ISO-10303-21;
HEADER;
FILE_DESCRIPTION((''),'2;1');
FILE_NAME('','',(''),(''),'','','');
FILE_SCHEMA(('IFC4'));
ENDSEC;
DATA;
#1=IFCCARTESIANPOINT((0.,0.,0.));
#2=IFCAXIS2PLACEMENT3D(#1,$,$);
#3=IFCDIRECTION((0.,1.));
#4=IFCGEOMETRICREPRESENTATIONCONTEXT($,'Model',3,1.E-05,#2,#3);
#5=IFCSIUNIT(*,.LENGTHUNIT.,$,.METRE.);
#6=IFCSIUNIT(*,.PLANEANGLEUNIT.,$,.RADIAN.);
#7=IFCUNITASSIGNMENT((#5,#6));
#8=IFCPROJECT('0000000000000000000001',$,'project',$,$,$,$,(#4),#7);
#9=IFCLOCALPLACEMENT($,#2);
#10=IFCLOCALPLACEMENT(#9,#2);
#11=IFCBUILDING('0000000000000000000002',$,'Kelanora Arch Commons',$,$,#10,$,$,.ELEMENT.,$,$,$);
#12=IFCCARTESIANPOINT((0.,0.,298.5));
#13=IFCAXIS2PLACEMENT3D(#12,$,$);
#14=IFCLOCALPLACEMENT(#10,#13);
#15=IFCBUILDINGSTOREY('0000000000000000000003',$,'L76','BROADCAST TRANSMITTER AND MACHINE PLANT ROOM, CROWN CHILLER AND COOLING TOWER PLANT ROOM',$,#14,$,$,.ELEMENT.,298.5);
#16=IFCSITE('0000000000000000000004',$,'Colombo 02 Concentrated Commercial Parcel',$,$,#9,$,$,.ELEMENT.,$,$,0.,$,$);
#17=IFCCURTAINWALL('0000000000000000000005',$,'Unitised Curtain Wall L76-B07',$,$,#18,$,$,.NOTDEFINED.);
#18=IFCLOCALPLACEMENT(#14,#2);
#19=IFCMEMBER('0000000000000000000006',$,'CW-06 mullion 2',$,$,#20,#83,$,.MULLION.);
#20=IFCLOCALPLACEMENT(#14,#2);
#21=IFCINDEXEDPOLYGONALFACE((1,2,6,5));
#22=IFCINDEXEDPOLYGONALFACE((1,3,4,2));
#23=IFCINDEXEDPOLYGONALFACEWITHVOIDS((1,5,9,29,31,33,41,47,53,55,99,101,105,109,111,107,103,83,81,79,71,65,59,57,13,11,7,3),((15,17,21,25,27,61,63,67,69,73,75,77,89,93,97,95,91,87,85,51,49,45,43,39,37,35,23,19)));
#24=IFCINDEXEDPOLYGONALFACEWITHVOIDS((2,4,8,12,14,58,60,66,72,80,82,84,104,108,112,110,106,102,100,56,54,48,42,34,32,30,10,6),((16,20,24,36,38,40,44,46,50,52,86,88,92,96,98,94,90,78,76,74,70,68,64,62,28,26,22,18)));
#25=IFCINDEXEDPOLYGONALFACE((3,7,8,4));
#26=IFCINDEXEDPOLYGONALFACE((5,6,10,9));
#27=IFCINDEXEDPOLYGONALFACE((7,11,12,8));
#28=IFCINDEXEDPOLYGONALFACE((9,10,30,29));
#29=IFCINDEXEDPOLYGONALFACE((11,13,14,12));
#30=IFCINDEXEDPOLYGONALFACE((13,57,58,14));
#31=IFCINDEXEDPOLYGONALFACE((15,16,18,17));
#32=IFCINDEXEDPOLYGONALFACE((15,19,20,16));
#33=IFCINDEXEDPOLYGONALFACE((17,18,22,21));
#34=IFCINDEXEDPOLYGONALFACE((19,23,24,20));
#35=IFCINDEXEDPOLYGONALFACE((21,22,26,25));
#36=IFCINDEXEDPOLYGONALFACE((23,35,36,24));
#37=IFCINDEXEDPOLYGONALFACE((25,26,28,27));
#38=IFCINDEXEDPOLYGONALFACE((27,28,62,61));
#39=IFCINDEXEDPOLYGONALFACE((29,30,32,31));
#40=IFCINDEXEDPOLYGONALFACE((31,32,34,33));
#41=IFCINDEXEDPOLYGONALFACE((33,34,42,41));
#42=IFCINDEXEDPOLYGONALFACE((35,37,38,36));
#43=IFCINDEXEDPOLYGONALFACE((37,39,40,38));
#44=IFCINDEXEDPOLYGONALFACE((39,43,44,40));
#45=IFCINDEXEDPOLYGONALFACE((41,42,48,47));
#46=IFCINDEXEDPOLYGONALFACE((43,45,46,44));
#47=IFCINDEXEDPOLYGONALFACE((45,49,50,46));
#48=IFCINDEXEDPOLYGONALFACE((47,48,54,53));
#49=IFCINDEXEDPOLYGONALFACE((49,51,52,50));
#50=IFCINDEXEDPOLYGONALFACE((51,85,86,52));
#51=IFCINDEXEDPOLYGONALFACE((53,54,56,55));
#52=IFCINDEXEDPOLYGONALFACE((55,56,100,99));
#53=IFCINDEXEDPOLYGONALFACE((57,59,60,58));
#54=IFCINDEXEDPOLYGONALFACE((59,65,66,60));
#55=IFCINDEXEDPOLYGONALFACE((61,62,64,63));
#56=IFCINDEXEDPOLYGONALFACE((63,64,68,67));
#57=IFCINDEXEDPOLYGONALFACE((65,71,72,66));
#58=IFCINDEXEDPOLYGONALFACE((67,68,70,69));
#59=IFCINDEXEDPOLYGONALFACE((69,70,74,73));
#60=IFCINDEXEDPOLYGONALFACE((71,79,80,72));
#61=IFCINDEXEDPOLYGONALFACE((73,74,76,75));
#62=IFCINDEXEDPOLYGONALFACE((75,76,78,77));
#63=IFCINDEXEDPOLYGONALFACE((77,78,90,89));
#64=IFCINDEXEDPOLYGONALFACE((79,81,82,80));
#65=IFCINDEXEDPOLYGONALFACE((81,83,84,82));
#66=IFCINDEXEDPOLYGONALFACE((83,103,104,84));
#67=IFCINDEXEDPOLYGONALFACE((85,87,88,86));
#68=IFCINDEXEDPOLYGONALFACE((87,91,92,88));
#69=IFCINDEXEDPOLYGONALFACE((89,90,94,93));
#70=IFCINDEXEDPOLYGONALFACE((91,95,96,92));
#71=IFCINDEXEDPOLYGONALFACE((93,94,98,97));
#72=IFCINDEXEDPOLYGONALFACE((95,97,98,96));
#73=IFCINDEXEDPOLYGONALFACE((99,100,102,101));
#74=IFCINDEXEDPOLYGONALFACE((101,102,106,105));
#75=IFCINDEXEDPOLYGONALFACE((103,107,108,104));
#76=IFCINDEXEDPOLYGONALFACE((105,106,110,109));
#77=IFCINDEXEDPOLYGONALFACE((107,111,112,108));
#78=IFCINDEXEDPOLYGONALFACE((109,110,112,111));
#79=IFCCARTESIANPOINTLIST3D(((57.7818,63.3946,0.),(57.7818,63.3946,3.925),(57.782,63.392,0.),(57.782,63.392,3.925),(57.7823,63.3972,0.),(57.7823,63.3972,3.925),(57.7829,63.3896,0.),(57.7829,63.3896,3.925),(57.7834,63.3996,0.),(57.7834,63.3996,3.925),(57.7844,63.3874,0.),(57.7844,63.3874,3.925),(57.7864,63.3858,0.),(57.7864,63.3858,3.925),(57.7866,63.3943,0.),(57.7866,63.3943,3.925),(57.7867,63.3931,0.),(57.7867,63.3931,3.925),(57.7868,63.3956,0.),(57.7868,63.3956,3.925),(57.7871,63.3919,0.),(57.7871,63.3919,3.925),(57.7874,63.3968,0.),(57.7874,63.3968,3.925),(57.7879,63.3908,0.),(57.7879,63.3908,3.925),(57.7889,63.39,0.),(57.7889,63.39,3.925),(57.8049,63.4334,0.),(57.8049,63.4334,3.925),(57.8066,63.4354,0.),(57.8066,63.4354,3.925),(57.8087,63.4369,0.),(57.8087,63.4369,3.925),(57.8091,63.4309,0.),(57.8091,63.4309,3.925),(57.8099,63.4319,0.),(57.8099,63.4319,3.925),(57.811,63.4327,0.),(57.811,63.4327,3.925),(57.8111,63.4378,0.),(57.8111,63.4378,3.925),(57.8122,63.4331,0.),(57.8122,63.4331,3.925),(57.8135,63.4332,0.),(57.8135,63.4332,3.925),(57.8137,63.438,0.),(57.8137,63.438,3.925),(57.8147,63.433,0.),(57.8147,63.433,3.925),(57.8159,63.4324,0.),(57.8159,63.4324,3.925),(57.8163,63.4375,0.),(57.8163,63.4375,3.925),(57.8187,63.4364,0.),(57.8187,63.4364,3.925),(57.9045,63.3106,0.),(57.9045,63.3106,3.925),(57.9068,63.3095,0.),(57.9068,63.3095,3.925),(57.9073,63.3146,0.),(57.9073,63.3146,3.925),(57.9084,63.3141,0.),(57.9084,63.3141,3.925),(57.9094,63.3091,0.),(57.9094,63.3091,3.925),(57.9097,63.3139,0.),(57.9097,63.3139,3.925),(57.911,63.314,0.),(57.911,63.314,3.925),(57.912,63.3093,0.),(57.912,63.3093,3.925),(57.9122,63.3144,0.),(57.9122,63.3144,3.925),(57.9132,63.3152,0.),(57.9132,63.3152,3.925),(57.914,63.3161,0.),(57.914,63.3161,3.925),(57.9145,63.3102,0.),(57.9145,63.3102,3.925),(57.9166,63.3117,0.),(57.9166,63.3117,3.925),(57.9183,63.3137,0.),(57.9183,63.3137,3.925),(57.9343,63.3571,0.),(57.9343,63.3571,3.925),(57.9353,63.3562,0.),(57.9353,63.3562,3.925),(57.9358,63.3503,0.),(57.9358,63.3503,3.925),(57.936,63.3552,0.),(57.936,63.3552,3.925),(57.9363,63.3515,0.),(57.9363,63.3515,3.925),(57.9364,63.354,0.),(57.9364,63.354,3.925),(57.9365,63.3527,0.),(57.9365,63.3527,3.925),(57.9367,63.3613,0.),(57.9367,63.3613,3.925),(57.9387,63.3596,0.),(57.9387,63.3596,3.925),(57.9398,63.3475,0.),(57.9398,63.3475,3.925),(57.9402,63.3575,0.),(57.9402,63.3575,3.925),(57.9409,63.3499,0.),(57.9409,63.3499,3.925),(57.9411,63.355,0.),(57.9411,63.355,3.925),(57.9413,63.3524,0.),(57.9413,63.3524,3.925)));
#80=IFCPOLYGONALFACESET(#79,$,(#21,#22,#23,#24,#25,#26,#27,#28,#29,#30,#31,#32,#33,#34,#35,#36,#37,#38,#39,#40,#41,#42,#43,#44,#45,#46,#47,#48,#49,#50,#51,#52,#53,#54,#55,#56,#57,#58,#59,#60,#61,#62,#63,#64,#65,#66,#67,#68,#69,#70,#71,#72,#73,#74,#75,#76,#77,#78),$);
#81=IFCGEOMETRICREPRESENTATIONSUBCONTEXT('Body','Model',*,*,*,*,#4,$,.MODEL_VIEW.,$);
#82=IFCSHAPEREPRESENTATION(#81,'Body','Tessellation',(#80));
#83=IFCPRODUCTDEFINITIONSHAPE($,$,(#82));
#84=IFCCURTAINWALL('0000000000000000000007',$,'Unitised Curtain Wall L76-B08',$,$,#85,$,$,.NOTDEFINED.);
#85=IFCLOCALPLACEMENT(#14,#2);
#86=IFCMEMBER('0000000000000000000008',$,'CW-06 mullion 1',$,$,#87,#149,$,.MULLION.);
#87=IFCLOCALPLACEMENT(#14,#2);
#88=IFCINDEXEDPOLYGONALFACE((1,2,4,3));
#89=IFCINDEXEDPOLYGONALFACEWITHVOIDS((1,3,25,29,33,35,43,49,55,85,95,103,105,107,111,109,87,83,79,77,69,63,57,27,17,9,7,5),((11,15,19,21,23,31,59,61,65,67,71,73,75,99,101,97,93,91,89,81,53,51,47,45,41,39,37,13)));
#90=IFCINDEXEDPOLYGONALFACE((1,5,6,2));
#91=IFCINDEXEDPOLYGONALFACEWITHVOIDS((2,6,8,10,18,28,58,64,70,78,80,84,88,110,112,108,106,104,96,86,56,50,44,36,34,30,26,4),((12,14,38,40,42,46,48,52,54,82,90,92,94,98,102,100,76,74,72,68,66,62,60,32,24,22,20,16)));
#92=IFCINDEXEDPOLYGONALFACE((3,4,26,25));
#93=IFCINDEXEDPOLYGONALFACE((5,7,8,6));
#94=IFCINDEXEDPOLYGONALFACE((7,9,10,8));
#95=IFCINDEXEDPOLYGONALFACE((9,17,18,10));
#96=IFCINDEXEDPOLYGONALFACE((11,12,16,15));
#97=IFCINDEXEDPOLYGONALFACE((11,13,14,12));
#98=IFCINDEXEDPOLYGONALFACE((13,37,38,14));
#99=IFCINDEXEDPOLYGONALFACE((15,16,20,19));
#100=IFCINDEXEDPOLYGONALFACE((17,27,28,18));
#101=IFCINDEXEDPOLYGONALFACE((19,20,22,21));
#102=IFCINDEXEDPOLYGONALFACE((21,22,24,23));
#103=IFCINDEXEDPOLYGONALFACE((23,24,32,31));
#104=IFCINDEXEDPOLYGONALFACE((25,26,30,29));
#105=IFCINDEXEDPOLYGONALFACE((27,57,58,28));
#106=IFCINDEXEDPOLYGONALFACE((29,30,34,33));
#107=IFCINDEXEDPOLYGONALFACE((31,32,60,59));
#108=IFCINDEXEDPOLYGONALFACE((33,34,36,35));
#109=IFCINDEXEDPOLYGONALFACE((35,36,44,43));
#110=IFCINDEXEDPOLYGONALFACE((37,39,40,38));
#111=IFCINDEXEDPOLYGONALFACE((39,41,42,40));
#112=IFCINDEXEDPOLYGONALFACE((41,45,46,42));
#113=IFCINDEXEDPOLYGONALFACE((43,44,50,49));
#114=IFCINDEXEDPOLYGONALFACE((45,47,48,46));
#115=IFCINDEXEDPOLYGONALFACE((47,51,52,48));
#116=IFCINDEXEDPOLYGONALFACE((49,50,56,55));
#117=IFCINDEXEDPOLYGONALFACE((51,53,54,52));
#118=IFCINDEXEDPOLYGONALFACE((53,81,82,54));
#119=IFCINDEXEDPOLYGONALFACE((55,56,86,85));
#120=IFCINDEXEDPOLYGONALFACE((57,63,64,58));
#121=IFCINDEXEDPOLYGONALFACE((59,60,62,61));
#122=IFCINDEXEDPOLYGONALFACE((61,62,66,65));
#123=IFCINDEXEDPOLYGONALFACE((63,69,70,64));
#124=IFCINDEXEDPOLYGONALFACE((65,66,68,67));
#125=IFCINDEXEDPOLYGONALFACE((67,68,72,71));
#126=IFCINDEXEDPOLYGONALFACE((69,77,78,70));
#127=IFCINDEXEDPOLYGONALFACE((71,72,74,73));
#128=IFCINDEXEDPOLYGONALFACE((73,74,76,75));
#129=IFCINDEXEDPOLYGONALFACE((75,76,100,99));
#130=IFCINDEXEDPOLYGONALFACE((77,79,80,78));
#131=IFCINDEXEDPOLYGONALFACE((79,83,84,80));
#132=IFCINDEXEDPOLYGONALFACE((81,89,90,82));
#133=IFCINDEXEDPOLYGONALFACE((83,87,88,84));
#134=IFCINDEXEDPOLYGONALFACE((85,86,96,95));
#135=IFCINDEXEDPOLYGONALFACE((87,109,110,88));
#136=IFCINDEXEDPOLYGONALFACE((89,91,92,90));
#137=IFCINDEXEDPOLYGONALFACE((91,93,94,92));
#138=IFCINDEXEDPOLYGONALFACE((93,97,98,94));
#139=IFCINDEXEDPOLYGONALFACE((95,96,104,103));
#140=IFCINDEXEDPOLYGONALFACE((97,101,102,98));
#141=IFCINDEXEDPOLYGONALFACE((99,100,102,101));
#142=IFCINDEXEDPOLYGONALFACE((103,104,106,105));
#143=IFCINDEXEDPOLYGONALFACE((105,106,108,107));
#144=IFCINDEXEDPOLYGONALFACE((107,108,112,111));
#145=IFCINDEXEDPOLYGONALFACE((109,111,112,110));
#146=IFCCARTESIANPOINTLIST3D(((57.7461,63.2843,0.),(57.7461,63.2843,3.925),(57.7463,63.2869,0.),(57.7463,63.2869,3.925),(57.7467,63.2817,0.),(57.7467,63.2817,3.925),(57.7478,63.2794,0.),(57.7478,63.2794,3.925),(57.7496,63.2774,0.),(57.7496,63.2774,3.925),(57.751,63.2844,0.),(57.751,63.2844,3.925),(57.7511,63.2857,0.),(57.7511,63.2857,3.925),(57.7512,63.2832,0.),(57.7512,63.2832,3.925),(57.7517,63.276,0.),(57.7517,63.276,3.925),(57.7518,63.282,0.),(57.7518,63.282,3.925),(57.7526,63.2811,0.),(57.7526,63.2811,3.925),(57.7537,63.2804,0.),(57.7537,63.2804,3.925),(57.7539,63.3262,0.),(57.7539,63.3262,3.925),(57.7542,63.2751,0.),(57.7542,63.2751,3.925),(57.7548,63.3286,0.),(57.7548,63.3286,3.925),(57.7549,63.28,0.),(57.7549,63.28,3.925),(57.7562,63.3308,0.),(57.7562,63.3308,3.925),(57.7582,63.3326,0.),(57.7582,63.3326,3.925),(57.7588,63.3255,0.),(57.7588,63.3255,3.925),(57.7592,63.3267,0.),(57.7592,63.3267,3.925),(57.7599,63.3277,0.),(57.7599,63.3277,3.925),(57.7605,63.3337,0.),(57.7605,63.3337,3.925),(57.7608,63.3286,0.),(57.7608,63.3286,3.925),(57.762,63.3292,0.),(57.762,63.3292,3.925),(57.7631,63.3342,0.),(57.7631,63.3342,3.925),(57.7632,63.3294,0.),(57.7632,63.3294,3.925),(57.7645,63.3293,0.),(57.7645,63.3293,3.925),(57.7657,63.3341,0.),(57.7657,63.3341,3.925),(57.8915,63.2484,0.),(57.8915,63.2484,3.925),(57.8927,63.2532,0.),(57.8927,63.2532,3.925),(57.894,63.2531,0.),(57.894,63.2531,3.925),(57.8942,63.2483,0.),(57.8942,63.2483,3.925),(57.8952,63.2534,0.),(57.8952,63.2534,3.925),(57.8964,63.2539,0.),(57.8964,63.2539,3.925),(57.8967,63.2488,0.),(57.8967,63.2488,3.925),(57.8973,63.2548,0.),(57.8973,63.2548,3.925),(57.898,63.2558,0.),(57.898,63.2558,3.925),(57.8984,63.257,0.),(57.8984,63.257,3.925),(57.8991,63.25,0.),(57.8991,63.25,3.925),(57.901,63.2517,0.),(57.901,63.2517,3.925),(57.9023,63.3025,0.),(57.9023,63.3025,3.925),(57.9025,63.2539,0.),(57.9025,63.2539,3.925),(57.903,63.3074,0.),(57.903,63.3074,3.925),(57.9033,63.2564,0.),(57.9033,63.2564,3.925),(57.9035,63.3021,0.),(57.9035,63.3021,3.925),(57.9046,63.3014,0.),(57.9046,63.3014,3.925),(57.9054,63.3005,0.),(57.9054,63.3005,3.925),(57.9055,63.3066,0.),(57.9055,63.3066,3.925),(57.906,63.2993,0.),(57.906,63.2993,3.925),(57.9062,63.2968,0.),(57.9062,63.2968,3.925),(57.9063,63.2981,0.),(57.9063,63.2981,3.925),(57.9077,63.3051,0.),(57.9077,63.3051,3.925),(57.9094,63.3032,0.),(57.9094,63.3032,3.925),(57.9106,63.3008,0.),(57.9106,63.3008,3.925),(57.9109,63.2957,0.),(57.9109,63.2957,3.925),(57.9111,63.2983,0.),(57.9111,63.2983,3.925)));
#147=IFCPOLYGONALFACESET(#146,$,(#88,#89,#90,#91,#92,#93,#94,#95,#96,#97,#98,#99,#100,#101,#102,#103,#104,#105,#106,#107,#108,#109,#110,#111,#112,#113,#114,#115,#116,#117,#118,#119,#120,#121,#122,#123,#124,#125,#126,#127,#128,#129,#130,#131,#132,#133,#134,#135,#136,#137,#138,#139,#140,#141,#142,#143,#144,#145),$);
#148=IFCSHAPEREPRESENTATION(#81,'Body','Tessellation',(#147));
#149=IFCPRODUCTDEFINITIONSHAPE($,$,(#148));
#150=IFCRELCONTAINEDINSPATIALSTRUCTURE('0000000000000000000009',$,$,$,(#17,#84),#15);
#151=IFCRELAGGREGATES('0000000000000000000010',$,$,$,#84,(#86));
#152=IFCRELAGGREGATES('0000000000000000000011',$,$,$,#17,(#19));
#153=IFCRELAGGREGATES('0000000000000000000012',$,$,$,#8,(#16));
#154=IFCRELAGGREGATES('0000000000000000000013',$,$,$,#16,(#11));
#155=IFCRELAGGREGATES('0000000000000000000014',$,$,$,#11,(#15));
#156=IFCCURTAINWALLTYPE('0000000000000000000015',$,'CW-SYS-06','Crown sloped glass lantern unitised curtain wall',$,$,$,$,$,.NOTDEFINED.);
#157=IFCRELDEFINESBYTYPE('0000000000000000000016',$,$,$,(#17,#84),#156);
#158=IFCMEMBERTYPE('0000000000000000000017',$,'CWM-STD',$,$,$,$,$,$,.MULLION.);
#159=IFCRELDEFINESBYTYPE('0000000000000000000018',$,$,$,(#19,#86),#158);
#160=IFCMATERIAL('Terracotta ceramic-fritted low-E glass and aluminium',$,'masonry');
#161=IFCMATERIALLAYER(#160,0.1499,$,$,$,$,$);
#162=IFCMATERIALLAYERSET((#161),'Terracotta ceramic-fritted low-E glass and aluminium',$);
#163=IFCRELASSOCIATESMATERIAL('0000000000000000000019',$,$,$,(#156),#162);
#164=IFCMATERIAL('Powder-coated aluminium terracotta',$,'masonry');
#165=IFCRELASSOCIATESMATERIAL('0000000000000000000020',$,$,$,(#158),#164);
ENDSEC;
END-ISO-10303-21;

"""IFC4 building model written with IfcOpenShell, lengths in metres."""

from ifc_helpers import new_model, si_unit, direction, frame, origin, origin_2d, place, context, subcontext, project, spatial, hollow_rectangle, extrude, material, layer, layer_set, material_profile, profile_set, type_object, element, aggregate, save


model = new_model("IFC4")

# Units and contexts
model_context = context("Model", 3, precision=1e-05, world=origin(), true_north=direction((0.0, 1.0)))
body_context = subcontext(model_context, "Body", "Model", "MODEL_VIEW")
ifc_project = project(units=[si_unit("LENGTHUNIT", "METRE"), si_unit("PLANEANGLEUNIT", "RADIAN")], contexts=[model_context])

# Site, building, storey
site_placement = place(None, origin())
site = spatial("IfcSite", under=ifc_project, at=site_placement, Name="Colombo 02 Concentrated Commercial Parcel", CompositionType="ELEMENT", RefElevation=0.0)
building_placement = place(site_placement, origin())
building = spatial("IfcBuilding", under=site, at=building_placement, Name="Kelanora Arch Commons", CompositionType="ELEMENT")
storey_placement = place(building_placement, frame((0.0, 0.0, 298.5)))
storey = spatial("IfcBuildingStorey", under=building, at=storey_placement, Name="L76", Description="BROADCAST TRANSMITTER AND MACHINE PLANT ROOM, CROWN CHILLER AND COOLING TOWER PLANT ROOM", CompositionType="ELEMENT", Elevation=298.5)

# Curtain wall, member
ifc_material_1 = material(Name="Terracotta ceramic-fritted low-E glass and aluminium", Category="masonry")
ifc_layer_1 = layer(ifc_material_1, 0.1499)
ifc_layer_set_1 = layer_set([ifc_layer_1], Name="Terracotta ceramic-fritted low-E glass and aluminium")
curtain_wall_type = type_object("IfcCurtainWallType", Name="CW-SYS-06", Description="Crown sloped glass lantern unitised curtain wall", PredefinedType="NOTDEFINED", material=ifc_layer_set_1)
curtain_wall_1_placement = place(storey_placement, origin())
curtain_wall_1 = element("IfcCurtainWall", 1, at=curtain_wall_1_placement, inside=storey, type_object=curtain_wall_type, Name="Unitised Curtain Wall L76-B07", PredefinedType="NOTDEFINED")
ifc_material_2 = material(Name="Powder-coated aluminium terracotta", Category="masonry")
ifc_material_profile_1 = material_profile(ifc_material_2, hollow_rectangle(XDim=0.1599, YDim=0.0601, WallThickness=0.0049, InnerFilletRadius=0.0049, OuterFilletRadius=0.01, at=origin_2d()), Name="CWM160x60")
ifc_profile_set_1 = profile_set([ifc_material_profile_1], Name="Powder-coated aluminium terracotta")
member_type_1 = type_object("IfcMemberType", Name="CWM-STD", PredefinedType="MULLION", material=ifc_profile_set_1)
member_1_placement = place(storey_placement, frame((57.8616, 63.3735, 0.0), z_axis=(0.0, 0.0, 1.0), x_axis=(0.843592, -0.536984, 0.0)))
member_1 = element("IfcMember", 2, at=member_1_placement, type_object=member_type_1, Name="CW-06 mullion 2", PredefinedType="MULLION", context=body_context, shape_type="SweptSolid", body=[
    extrude(hollow_rectangle(XDim=0.1599, YDim=0.0601, WallThickness=0.0049, InnerFilletRadius=0.0049, OuterFilletRadius=0.01, at=origin_2d()), origin(), (0.0, 0.0, 1.0), 3.925),
])

# Curtain wall, member
curtain_wall_2_placement = place(storey_placement, origin())
curtain_wall_2 = element("IfcCurtainWall", 3, at=curtain_wall_2_placement, inside=storey, type_object=curtain_wall_type, Name="Unitised Curtain Wall L76-B08", PredefinedType="NOTDEFINED")
member_2_placement = place(storey_placement, frame((57.8286, 63.2913, 0.0), z_axis=(0.0, 0.0, 1.0), x_axis=(0.981624, -0.190827, 0.0)))
member_2 = element("IfcMember", 4, at=member_2_placement, type_object=member_type_1, Name="CW-06 mullion 1", PredefinedType="MULLION", context=body_context, shape_type="SweptSolid", body=[
    extrude(hollow_rectangle(XDim=0.1599, YDim=0.0601, WallThickness=0.0049, InnerFilletRadius=0.0049, OuterFilletRadius=0.01, at=origin_2d()), origin(), (0.0, 0.0, 1.0), 3.925),
])
aggregate(curtain_wall_2, [member_2])

aggregate(curtain_wall_1, [member_1])

save(model, "model.ifc")
